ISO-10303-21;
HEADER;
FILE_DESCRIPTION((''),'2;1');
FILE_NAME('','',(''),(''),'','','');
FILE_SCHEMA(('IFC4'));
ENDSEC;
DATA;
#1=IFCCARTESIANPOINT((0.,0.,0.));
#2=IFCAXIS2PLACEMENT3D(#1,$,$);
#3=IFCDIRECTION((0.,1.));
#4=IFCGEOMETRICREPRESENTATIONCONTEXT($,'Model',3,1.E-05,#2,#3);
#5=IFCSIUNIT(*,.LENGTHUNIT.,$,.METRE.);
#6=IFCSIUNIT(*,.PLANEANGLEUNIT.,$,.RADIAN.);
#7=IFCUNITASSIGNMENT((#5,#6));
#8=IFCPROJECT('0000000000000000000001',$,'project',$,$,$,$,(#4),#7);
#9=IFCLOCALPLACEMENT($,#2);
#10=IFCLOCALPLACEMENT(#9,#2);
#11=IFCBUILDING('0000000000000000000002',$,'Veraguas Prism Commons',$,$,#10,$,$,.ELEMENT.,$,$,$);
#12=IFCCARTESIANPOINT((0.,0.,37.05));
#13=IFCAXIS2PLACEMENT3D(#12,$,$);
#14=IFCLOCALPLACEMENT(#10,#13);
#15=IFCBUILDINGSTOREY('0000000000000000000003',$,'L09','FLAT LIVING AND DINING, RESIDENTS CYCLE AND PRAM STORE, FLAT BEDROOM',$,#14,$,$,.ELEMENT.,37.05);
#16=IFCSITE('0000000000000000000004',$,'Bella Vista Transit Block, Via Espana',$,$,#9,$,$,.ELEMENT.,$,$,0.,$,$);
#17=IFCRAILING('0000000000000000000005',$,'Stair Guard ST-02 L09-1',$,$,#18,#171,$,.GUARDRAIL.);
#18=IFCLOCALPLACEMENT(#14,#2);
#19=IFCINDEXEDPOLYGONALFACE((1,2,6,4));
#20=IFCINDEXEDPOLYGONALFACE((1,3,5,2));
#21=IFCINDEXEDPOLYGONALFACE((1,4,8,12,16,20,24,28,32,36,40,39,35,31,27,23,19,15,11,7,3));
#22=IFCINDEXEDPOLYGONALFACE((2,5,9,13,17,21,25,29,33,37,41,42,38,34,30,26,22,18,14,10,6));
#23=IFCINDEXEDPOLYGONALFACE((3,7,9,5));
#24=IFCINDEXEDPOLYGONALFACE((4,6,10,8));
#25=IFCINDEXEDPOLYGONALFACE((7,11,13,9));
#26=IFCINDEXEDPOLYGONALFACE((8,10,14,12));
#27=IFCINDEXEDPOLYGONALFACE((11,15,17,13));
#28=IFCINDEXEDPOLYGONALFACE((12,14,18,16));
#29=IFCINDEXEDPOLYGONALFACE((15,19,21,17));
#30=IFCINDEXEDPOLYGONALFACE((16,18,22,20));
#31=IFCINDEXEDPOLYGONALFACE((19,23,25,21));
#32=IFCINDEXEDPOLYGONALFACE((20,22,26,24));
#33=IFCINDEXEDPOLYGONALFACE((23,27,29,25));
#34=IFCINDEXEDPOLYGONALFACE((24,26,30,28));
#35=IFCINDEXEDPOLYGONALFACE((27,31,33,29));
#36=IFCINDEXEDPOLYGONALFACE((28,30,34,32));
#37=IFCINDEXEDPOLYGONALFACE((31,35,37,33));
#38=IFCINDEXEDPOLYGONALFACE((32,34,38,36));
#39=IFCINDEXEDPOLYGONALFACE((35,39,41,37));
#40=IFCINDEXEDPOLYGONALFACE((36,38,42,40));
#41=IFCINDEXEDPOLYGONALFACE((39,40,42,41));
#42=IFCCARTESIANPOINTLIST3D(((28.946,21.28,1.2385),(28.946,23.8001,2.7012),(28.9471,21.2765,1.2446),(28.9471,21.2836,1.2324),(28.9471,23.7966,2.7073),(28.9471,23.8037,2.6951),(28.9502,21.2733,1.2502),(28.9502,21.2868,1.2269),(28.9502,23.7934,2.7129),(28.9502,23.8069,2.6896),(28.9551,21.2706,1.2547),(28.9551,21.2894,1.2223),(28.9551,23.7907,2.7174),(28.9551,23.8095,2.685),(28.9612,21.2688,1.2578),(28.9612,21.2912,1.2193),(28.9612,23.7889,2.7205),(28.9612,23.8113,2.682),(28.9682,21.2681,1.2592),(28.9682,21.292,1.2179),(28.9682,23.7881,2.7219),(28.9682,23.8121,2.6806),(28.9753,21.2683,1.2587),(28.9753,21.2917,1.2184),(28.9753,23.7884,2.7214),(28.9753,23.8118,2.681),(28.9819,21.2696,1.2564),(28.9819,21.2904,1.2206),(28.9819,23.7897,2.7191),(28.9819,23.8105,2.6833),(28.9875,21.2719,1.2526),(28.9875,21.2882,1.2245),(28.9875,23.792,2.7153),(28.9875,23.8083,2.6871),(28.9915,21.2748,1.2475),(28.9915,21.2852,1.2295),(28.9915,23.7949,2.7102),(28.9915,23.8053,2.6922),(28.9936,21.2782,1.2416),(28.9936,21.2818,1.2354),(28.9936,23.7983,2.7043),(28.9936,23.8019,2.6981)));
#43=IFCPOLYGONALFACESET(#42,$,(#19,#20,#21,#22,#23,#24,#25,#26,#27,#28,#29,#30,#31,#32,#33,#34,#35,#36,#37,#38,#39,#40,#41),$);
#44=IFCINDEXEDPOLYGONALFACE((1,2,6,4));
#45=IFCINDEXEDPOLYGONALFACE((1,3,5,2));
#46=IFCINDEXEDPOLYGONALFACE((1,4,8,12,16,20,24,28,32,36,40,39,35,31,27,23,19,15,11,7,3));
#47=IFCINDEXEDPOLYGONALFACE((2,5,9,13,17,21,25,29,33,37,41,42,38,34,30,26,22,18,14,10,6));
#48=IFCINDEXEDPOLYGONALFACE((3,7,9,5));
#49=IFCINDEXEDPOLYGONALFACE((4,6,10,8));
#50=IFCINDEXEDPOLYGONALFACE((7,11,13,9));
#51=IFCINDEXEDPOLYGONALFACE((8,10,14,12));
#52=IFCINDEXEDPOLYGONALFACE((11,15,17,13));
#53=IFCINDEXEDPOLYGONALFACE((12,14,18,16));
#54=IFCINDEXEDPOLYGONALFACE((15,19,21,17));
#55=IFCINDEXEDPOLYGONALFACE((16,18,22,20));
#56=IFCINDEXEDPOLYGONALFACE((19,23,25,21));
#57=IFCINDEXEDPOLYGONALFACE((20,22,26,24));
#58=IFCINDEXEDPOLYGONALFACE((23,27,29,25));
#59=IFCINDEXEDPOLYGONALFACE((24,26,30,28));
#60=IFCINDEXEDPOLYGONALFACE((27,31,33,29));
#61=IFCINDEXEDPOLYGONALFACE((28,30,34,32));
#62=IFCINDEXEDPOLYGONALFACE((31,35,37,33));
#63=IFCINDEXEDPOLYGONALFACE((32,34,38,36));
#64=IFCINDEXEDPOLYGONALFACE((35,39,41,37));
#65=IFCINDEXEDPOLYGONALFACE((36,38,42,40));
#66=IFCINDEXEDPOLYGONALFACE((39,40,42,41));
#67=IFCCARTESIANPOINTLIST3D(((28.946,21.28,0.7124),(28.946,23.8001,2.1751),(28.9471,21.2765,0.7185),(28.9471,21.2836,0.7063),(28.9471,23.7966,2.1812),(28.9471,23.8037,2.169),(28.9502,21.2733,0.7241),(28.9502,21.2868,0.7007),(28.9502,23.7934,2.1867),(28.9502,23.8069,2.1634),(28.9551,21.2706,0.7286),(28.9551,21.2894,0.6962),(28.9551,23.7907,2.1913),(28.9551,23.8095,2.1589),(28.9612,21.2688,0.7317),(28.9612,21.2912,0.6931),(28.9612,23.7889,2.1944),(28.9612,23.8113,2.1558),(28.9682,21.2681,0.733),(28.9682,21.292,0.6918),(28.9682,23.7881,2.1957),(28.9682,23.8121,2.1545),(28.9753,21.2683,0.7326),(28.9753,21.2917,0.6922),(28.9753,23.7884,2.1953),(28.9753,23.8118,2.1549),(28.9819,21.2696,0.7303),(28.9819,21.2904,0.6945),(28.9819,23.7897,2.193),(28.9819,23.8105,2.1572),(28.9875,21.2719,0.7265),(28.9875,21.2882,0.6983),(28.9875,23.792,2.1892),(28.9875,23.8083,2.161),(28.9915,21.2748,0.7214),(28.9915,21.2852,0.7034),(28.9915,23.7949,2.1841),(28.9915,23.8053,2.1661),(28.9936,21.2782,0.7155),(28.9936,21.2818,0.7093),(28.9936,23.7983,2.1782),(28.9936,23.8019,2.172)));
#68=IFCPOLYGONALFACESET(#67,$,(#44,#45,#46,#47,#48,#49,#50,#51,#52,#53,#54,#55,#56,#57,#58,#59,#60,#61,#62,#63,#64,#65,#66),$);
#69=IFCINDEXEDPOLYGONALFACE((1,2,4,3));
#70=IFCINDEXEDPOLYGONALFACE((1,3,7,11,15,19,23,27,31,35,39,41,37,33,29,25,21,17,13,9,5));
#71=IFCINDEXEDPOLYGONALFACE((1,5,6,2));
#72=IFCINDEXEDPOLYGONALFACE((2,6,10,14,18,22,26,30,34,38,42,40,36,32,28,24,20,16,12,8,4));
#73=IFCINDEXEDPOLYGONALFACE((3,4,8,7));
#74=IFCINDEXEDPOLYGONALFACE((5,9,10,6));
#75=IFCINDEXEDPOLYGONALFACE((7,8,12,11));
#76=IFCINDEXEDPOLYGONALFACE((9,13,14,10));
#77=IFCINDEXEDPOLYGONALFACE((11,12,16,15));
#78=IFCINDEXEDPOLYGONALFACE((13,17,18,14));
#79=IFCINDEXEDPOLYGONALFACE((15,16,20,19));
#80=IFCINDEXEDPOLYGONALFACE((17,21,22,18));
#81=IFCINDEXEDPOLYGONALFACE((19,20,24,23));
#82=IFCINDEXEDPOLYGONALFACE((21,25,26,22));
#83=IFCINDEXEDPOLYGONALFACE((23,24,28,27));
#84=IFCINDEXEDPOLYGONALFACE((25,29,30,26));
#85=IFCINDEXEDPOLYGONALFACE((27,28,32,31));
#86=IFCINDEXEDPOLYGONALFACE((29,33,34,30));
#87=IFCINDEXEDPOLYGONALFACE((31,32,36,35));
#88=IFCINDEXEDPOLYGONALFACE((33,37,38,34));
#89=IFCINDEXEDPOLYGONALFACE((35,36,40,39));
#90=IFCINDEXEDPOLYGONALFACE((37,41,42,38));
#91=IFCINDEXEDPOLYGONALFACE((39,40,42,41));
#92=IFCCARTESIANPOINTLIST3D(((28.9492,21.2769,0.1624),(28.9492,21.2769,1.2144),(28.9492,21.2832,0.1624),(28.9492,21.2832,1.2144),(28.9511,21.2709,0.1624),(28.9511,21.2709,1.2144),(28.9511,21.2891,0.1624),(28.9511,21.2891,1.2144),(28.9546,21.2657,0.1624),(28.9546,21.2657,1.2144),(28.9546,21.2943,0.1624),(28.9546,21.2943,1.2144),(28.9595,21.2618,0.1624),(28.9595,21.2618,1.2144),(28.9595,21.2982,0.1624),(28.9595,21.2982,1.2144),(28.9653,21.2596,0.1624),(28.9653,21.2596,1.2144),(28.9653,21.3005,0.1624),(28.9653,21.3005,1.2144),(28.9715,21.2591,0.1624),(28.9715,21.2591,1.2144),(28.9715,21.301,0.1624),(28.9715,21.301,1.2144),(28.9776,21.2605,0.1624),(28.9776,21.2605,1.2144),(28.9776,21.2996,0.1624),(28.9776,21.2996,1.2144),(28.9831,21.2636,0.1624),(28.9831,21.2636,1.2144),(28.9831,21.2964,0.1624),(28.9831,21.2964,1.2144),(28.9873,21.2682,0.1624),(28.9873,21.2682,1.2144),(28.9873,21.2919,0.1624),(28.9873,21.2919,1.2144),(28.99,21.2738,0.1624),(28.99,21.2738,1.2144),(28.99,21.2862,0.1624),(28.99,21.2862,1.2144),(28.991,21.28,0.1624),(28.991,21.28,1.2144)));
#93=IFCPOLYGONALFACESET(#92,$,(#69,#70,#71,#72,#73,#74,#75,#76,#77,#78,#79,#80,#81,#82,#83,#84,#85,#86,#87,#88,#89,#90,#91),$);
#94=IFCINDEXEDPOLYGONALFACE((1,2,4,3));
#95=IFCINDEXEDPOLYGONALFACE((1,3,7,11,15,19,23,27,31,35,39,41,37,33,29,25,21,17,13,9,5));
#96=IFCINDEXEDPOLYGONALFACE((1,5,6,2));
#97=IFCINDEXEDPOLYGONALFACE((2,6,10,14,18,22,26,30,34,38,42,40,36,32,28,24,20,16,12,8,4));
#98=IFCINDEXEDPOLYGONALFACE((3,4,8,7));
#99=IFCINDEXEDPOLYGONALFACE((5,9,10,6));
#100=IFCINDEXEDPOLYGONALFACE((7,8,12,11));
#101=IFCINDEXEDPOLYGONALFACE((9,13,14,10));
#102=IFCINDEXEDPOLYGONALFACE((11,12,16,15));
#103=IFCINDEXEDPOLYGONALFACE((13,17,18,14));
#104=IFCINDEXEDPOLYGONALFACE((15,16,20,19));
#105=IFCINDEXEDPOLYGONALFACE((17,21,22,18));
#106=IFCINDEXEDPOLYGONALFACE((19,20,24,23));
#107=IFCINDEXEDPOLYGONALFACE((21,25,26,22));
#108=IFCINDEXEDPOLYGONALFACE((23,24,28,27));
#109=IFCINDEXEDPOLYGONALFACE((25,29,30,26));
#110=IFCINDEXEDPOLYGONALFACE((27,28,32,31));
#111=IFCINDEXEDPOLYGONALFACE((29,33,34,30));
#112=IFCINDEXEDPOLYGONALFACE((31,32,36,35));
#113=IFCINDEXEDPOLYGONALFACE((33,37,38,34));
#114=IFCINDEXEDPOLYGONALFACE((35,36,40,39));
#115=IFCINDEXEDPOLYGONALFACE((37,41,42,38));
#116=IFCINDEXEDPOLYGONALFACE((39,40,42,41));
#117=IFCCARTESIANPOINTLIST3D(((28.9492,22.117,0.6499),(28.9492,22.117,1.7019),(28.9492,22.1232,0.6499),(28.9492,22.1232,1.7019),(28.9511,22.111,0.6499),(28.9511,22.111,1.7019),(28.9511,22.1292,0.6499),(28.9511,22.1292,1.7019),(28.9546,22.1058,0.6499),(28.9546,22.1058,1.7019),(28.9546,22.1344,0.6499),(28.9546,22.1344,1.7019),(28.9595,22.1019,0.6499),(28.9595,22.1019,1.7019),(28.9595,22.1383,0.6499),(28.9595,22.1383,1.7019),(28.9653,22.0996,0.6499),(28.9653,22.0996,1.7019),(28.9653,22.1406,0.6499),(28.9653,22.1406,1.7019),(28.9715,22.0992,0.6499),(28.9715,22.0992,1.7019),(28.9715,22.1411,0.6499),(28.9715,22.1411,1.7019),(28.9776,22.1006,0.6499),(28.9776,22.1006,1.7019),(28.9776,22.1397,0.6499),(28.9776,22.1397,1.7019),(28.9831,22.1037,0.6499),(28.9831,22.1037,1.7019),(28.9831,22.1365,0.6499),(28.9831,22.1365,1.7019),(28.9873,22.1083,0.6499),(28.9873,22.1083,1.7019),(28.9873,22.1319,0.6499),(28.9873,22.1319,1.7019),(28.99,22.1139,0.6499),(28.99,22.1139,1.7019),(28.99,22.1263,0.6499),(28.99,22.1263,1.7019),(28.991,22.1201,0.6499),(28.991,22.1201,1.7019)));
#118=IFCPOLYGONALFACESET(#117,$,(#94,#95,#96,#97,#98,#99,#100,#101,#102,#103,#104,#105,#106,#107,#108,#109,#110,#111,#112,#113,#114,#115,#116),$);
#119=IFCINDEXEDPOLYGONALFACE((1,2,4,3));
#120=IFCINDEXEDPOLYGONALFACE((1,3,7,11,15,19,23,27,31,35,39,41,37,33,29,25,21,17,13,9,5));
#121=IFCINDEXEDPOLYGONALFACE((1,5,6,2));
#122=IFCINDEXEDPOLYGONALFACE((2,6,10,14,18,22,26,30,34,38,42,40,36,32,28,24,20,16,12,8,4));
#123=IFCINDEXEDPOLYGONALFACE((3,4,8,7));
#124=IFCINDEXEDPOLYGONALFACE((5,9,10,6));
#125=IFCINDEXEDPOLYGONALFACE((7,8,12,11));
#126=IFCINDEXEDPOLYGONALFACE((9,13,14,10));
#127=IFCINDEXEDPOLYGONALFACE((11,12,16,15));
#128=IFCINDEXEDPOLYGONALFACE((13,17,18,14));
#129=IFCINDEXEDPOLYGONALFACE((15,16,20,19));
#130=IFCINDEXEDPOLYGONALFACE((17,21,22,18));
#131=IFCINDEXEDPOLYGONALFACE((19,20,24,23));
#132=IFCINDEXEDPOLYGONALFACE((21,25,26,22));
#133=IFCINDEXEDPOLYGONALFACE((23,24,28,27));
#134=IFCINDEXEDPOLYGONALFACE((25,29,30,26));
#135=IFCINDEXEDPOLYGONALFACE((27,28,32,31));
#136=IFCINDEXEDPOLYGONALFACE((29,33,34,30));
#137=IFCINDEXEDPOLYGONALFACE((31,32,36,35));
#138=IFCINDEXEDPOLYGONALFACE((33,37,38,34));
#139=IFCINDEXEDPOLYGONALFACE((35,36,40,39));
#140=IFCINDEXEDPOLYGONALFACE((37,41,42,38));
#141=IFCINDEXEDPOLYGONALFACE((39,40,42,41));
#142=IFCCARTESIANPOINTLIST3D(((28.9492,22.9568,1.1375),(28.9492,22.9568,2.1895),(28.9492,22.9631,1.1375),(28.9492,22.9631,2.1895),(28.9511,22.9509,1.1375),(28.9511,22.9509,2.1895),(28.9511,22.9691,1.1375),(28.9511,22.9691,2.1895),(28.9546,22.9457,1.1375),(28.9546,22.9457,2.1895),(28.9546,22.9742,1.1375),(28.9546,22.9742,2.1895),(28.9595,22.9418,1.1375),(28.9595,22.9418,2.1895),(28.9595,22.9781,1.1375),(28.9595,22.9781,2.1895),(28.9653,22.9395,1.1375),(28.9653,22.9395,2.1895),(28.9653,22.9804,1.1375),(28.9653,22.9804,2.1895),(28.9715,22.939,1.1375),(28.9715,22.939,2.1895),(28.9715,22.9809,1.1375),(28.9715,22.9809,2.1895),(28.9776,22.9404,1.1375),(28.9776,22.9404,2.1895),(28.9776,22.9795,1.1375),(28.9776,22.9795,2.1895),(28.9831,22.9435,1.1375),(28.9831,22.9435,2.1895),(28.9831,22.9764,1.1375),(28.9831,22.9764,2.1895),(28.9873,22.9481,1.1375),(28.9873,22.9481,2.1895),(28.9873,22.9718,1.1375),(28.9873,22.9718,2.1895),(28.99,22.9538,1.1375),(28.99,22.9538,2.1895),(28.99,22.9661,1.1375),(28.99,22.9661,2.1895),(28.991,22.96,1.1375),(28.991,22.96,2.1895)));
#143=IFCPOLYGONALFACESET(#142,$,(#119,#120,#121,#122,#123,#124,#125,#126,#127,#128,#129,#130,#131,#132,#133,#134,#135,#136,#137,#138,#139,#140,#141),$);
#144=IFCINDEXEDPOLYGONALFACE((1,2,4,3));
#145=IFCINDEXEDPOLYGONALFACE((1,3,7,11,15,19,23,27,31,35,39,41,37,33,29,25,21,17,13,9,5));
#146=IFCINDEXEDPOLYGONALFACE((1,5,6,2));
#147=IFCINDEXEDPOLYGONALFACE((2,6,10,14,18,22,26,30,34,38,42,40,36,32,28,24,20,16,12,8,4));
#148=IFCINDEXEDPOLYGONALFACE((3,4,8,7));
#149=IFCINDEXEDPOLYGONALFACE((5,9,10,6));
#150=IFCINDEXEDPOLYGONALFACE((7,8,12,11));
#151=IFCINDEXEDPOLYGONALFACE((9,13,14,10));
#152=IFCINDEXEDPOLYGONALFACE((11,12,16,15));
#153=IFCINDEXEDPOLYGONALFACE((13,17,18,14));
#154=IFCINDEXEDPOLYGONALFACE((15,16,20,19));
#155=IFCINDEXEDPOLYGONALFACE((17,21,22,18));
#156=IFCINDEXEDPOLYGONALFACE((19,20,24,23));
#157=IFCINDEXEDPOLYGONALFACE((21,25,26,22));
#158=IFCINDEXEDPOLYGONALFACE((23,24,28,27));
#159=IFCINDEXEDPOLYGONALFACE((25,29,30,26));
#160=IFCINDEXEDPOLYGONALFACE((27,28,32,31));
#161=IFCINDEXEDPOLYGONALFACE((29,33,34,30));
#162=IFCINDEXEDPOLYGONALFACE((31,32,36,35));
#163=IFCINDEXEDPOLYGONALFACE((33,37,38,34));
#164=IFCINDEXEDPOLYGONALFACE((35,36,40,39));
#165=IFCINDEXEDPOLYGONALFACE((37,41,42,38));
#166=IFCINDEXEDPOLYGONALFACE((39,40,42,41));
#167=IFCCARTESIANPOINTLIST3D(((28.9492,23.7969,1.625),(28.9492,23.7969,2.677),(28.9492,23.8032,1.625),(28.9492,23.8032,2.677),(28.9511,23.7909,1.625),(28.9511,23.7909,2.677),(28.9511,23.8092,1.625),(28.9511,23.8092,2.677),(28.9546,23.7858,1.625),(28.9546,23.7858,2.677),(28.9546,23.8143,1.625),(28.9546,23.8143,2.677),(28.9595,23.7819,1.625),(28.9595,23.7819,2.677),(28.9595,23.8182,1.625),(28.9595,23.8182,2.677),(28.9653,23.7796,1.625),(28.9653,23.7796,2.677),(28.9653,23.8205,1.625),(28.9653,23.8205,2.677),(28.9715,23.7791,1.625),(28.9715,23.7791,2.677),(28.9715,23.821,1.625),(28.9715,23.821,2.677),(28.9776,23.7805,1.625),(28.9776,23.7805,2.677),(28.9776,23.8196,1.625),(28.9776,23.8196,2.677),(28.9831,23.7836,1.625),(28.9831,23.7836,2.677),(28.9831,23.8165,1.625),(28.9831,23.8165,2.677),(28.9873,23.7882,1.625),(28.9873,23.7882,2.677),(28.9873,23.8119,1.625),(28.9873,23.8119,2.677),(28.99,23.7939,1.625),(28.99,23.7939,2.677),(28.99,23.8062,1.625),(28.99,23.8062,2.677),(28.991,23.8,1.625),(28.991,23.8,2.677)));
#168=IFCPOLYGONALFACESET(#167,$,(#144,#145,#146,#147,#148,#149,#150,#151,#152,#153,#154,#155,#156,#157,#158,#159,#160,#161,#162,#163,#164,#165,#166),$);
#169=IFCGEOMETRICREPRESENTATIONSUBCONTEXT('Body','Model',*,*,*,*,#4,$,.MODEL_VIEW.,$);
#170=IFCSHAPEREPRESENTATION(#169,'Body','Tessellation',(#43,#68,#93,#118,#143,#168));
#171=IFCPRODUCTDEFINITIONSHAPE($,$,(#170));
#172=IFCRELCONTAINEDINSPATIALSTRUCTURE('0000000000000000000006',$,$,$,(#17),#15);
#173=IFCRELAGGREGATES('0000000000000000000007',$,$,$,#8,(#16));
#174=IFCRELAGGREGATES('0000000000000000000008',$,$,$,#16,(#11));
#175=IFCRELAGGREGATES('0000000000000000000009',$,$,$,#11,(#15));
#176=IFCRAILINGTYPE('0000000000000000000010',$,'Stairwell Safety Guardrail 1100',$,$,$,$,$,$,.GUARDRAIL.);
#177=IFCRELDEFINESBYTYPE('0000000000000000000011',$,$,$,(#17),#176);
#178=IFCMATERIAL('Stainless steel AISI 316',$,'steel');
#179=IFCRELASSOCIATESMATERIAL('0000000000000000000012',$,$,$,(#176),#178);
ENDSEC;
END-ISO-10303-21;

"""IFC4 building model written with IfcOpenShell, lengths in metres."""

from ifc_helpers import new_model, si_unit, direction, frame, origin, origin_2d, place, context, subcontext, project, spatial, circle, extrude, material, type_object, element, save


model = new_model("IFC4")

# Units and contexts
model_context = context("Model", 3, precision=1e-05, world=origin(), true_north=direction((0.0, 1.0)))
body_context = subcontext(model_context, "Body", "Model", "MODEL_VIEW")
ifc_project = project(units=[si_unit("LENGTHUNIT", "METRE"), si_unit("PLANEANGLEUNIT", "RADIAN")], contexts=[model_context])

# Site, building, storey
site_placement = place(None, origin())
site = spatial("IfcSite", under=ifc_project, at=site_placement, Name="Bella Vista Transit Block, Via Espana", CompositionType="ELEMENT", RefElevation=0.0)
building_placement = place(site_placement, origin())
building = spatial("IfcBuilding", under=site, at=building_placement, Name="Veraguas Prism Commons", CompositionType="ELEMENT")
storey_placement = place(building_placement, frame((0.0, 0.0, 37.05)))
storey = spatial("IfcBuildingStorey", under=building, at=storey_placement, Name="L09", Description="FLAT LIVING AND DINING, RESIDENTS CYCLE AND PRAM STORE, FLAT BEDROOM", CompositionType="ELEMENT", Elevation=37.05)

# Shared definitions
ifc_material_1 = material(Name="Stainless steel AISI 316", Category="steel")

# Railing
railing_type_1 = type_object("IfcRailingType", Name="Stairwell Safety Guardrail 1100", PredefinedType="GUARDRAIL", material=ifc_material_1)
railing_1_placement = place(storey_placement, frame((28.97, 21.28, 0.1624)))
element("IfcRailing", 1, at=railing_1_placement, inside=storey, type_object=railing_type_1, Name="Stair Guard ST-02 L09-1", PredefinedType="GUARDRAIL", context=body_context, shape_type="SweptSolid", body=[
    extrude(circle(Radius=0.0239, at=origin_2d()), frame((0.0, 0.0, 1.0762), z_axis=(0.0, 0.864877, 0.501984), x_axis=(-1.0, 0.0, 0.0)), (0.0, 0.0, 1.0), 2.9138),
    extrude(circle(Radius=0.0239, at=origin_2d()), frame((0.0, 0.0, 0.55), z_axis=(0.0, 0.864877, 0.501984), x_axis=(-1.0, 0.0, 0.0)), (0.0, 0.0, 1.0), 2.9138),
    extrude(circle(Radius=0.021, at=origin_2d()), origin(), (0.0, 0.0, 1.0), 1.052),
    extrude(circle(Radius=0.021, at=origin_2d()), frame((0.0, 0.8401, 0.4875)), (0.0, 0.0, 1.0), 1.052),
    extrude(circle(Radius=0.021, at=origin_2d()), frame((0.0, 1.6799, 0.9751)), (0.0, 0.0, 1.0), 1.052),
    extrude(circle(Radius=0.021, at=origin_2d()), frame((0.0, 2.52, 1.4626)), (0.0, 0.0, 1.0), 1.052),
])

save(model, "model.ifc")
